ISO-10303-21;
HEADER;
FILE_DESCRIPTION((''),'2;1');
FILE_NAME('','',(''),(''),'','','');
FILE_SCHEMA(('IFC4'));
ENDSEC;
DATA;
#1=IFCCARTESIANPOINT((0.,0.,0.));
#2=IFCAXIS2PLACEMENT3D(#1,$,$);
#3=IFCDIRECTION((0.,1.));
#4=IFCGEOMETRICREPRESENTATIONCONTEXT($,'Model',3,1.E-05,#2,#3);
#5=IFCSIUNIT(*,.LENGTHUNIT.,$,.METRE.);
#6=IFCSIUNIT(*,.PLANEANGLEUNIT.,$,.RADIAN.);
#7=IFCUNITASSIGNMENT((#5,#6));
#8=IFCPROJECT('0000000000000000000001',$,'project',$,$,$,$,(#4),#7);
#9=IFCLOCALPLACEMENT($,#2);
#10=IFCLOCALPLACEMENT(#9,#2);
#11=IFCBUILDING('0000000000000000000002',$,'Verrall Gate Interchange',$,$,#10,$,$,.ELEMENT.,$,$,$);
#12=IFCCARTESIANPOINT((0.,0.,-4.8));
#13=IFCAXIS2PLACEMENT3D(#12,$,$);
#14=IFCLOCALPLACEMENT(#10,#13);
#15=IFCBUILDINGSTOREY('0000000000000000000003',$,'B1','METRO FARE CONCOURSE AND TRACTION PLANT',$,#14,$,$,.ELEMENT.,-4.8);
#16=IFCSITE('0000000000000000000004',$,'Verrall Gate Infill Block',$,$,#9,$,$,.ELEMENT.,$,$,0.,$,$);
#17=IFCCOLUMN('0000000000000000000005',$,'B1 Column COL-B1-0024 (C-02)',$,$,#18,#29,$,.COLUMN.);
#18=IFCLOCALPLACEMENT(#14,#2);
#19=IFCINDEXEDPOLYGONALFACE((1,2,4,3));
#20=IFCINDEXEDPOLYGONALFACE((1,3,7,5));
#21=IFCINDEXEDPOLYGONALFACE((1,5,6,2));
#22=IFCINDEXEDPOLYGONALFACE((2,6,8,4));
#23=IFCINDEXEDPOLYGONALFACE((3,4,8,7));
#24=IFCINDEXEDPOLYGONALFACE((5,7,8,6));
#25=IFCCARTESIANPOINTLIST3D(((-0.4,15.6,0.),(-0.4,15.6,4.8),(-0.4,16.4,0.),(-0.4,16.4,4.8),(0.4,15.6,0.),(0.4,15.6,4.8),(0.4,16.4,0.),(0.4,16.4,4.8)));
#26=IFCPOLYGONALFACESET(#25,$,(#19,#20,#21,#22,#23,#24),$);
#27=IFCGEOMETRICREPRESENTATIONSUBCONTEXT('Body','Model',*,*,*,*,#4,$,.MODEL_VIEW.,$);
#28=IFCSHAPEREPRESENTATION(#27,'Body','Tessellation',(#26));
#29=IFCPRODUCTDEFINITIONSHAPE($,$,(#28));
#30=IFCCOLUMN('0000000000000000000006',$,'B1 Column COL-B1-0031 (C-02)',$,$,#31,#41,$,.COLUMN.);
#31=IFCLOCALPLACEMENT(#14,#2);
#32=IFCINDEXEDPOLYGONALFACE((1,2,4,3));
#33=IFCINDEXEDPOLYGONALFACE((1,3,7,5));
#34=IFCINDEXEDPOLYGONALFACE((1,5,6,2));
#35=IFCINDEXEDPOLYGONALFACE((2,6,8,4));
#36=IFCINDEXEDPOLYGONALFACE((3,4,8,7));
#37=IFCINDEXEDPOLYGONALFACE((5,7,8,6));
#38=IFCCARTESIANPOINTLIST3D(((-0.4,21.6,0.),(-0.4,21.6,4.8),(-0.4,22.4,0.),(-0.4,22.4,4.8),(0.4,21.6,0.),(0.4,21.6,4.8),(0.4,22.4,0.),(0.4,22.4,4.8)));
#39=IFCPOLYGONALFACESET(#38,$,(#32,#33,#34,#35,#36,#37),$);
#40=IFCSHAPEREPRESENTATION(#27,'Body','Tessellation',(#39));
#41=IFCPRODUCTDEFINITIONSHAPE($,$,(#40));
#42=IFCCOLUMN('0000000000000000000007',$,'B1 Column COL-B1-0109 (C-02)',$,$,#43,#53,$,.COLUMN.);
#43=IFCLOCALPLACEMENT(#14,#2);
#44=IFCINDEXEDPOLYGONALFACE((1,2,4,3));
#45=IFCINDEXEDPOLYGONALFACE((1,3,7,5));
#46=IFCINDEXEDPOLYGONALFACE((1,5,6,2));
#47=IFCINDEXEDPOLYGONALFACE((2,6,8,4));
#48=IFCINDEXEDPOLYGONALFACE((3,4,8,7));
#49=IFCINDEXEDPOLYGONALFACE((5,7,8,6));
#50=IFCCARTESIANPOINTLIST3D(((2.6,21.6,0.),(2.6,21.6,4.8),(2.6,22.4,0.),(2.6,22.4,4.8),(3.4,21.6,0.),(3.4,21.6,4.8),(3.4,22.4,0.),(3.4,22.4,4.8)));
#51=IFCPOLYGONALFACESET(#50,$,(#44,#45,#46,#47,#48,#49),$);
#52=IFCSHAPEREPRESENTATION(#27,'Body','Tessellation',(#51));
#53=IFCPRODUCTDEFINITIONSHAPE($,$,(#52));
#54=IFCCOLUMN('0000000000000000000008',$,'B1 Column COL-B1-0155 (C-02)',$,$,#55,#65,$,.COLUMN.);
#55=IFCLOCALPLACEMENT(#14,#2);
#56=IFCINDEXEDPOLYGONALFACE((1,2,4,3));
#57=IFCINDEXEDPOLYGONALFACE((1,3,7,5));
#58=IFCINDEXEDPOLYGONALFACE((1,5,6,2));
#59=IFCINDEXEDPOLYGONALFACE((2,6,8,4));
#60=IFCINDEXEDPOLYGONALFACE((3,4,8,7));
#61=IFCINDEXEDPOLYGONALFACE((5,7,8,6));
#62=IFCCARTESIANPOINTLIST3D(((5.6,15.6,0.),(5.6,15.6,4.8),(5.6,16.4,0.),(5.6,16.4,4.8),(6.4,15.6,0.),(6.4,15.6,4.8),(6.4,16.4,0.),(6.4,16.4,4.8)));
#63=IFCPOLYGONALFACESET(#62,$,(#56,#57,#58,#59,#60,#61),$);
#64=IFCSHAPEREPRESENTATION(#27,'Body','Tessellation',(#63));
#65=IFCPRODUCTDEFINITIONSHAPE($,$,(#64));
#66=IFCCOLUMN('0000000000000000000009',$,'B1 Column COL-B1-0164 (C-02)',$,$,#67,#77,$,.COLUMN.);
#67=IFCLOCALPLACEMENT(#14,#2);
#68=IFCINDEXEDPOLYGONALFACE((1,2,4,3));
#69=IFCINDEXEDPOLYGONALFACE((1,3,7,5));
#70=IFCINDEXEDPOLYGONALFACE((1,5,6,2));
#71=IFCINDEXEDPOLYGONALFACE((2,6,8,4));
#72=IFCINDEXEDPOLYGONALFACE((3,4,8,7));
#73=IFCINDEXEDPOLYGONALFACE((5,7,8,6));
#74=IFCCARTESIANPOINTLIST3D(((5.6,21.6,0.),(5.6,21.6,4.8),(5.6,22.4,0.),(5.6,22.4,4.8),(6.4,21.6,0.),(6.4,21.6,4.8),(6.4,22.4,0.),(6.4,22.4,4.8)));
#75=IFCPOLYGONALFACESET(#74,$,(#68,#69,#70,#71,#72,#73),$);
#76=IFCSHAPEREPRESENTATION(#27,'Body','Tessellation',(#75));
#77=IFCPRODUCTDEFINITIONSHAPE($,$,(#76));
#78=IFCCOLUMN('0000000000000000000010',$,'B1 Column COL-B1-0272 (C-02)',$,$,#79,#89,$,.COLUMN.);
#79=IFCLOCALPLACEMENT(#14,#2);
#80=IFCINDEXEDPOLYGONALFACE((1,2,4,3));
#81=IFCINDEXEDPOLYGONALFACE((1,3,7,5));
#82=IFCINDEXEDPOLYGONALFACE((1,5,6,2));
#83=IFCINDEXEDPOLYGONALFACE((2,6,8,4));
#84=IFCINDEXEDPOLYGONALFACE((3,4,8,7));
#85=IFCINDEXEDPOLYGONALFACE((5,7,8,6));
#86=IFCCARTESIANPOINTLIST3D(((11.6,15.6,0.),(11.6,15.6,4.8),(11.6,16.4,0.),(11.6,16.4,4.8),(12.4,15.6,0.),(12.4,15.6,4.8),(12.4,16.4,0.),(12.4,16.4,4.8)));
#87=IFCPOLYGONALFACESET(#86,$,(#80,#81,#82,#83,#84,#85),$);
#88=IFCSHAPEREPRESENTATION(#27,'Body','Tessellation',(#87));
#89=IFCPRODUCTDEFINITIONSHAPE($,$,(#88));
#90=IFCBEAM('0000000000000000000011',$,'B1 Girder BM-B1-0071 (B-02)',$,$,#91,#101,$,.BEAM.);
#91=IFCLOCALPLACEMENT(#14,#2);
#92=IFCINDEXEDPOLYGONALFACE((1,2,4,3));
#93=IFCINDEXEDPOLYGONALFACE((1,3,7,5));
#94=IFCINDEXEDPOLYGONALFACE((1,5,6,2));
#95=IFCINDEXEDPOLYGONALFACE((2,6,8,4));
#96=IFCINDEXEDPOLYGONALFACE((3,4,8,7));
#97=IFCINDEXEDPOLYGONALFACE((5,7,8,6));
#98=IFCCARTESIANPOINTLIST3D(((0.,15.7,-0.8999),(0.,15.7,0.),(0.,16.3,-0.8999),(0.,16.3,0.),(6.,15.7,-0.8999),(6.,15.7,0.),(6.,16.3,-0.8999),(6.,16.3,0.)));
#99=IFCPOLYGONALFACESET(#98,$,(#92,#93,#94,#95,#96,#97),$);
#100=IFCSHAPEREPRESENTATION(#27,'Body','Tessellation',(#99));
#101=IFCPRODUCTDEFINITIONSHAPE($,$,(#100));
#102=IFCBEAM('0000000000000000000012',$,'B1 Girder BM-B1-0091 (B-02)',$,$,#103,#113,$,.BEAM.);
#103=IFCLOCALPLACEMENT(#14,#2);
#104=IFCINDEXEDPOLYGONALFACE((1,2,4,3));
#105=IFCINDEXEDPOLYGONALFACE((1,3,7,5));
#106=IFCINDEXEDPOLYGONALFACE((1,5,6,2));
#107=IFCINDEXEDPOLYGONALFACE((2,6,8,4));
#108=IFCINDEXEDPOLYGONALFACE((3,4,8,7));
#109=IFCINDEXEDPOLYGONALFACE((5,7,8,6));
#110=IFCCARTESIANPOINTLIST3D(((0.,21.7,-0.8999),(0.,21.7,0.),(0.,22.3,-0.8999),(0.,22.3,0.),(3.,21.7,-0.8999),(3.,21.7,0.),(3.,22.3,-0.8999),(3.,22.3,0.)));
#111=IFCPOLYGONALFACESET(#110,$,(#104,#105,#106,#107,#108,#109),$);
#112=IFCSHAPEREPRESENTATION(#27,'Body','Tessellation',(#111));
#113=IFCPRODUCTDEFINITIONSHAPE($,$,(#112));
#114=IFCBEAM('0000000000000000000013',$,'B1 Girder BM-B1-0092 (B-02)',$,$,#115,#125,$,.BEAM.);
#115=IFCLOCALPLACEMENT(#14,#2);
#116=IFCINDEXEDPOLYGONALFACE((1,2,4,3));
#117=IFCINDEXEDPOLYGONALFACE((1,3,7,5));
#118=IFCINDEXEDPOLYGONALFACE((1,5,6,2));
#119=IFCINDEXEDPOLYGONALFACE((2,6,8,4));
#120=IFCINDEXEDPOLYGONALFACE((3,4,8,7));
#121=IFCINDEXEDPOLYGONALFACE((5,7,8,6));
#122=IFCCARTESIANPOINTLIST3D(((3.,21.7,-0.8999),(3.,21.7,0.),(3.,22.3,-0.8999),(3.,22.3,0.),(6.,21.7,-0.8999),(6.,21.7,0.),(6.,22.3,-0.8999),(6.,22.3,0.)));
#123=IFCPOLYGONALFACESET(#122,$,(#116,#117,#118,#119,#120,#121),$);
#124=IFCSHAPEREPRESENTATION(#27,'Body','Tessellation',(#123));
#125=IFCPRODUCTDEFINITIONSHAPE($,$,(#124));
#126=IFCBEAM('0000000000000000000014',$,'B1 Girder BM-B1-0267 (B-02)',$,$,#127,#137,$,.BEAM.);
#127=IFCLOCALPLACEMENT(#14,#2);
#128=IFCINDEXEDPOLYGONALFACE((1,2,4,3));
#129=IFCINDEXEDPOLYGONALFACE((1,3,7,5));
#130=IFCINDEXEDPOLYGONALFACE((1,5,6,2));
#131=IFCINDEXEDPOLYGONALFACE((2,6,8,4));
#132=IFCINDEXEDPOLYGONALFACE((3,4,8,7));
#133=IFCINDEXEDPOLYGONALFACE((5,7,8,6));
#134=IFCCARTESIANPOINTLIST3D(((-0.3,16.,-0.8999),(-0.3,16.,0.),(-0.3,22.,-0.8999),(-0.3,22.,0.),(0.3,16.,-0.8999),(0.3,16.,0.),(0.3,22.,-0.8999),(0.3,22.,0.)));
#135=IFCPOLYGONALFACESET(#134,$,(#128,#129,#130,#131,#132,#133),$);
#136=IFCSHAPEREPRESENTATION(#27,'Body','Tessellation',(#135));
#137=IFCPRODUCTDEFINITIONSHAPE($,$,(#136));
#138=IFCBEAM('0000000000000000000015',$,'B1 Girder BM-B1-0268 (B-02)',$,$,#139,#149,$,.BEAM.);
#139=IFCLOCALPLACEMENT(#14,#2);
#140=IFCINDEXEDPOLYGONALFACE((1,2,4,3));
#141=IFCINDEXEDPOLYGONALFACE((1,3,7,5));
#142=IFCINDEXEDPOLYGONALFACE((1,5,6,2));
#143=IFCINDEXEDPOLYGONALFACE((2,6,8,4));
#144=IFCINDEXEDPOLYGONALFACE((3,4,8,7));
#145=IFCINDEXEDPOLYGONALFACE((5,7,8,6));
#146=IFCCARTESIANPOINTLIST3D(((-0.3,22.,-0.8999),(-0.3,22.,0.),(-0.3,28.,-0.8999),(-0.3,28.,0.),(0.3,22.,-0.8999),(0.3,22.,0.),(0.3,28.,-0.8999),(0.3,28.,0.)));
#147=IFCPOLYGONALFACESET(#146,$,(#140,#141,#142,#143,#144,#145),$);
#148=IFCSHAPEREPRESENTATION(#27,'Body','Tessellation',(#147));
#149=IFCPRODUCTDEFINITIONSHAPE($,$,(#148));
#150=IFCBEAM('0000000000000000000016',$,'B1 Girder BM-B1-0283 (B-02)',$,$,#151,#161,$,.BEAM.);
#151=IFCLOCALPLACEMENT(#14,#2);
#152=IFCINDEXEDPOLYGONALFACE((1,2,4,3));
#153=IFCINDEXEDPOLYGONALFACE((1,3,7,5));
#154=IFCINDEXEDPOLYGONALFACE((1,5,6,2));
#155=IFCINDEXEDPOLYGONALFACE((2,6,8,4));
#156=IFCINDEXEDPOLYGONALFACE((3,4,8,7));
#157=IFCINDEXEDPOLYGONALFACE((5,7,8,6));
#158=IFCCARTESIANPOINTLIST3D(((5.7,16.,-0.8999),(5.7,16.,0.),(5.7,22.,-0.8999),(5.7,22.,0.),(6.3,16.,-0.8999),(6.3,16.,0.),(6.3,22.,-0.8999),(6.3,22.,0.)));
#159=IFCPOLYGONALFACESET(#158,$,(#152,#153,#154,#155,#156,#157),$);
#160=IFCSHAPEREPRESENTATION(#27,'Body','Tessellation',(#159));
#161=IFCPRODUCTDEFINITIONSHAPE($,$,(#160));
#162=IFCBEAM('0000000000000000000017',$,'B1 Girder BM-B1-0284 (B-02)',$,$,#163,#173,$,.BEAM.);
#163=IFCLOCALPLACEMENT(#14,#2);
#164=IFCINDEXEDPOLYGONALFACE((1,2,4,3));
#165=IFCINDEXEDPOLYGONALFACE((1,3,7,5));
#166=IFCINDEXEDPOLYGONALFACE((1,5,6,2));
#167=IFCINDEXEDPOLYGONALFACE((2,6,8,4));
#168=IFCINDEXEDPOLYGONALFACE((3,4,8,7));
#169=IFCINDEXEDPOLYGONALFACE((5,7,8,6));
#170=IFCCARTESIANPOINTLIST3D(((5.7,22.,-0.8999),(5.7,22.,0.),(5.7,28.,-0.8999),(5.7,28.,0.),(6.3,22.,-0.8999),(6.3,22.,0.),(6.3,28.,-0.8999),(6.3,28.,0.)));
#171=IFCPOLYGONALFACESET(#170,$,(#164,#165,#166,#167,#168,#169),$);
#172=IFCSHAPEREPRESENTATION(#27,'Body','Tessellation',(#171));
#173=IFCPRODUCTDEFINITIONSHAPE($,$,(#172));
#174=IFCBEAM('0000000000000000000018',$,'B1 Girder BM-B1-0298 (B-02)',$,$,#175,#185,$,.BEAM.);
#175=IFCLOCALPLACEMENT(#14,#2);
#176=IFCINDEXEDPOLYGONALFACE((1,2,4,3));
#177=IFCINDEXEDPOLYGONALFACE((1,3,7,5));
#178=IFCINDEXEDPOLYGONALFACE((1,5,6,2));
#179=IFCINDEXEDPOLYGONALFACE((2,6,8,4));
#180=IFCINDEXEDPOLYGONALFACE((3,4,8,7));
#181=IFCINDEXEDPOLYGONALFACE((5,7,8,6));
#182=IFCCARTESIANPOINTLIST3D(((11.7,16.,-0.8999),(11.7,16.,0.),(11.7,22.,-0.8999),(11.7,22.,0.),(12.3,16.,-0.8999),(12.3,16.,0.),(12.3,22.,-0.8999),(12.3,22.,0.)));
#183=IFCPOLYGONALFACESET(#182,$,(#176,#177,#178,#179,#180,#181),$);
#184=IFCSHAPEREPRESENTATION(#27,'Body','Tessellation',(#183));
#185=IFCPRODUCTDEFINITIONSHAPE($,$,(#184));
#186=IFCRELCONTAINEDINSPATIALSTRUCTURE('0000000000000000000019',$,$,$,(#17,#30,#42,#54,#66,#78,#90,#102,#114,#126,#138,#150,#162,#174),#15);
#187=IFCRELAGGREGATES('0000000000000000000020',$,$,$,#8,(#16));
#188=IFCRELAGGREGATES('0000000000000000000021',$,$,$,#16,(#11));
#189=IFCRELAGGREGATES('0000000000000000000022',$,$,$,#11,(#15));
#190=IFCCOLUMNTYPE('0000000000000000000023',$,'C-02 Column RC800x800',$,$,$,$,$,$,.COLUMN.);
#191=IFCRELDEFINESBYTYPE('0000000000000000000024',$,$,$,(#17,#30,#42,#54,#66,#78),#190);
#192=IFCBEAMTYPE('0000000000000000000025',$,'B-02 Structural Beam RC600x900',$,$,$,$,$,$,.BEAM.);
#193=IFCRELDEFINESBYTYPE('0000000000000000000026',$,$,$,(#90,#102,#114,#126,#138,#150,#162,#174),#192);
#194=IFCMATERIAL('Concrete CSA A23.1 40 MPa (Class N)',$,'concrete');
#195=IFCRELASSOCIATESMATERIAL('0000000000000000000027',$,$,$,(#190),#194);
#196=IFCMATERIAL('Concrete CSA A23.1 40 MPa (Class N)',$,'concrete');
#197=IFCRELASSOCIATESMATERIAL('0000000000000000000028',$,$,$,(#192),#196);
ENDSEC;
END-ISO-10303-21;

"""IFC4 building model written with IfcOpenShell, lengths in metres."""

from ifc_helpers import new_model, si_unit, direction, frame, origin, origin_2d, place, context, subcontext, project, spatial, rectangle, extrude, material, material_profile, profile_set, type_object, element, save


model = new_model("IFC4")

# Units and contexts
model_context = context("Model", 3, precision=1e-05, world=origin(), true_north=direction((0.0, 1.0)))
body_context = subcontext(model_context, "Body", "Model", "MODEL_VIEW")
ifc_project = project(units=[si_unit("LENGTHUNIT", "METRE"), si_unit("PLANEANGLEUNIT", "RADIAN")], contexts=[model_context])

# Site, building, storey
site_placement = place(None, origin())
site = spatial("IfcSite", under=ifc_project, at=site_placement, Name="Verrall Gate Infill Block", CompositionType="ELEMENT", RefElevation=0.0)
building_placement = place(site_placement, origin())
building = spatial("IfcBuilding", under=site, at=building_placement, Name="Verrall Gate Interchange", CompositionType="ELEMENT")
storey_placement = place(building_placement, frame((0.0, 0.0, -4.8)))
storey = spatial("IfcBuildingStorey", under=building, at=storey_placement, Name="B1", Description="METRO FARE CONCOURSE AND TRACTION PLANT", CompositionType="ELEMENT", Elevation=-4.8)

# Columns
ifc_material_1 = material(Name="Concrete CSA A23.1 40 MPa (Class N)", Category="concrete")
ifc_material_profile_1 = material_profile(ifc_material_1, rectangle(XDim=0.8, YDim=0.8, at=origin_2d()), Name="RC800x800")
ifc_profile_set_1 = profile_set([ifc_material_profile_1], Name="Concrete CSA A23.1 40 MPa (Class N)")
column_type = type_object("IfcColumnType", Name="C-02 Column RC800x800", PredefinedType="COLUMN", material=ifc_profile_set_1)
for number, where, z_axis, x_axis, name in (
    (1, (0.0, 16.0, 0.0), (0.0, 0.0, 1.0), (1.0, 0.0, 0.0), "B1 Column COL-B1-0024 (C-02)"),
    (2, (0.0, 22.0, 0.0), (0.0, 0.0, 1.0), (1.0, 0.0, 0.0), "B1 Column COL-B1-0031 (C-02)"),
    (3, (3.0, 22.0, 0.0), (0.0, 0.0, 1.0), (1.0, 0.0, 0.0), "B1 Column COL-B1-0109 (C-02)"),
    (4, (6.0, 16.0, 0.0), (0.0, 0.0, 1.0), (1.0, 0.0, 0.0), "B1 Column COL-B1-0155 (C-02)"),
    (5, (6.0, 22.0, 0.0), (0.0, 0.0, 1.0), (1.0, 0.0, 0.0), "B1 Column COL-B1-0164 (C-02)"),
    (6, (12.0, 16.0, 0.0), (0.0, 0.0, 1.0), (1.0, 0.0, 0.0), "B1 Column COL-B1-0272 (C-02)"),
):
    element("IfcColumn", number, at=place(storey_placement, frame(where, z_axis=z_axis, x_axis=x_axis)), inside=storey, type_object=column_type, Name=name, PredefinedType="COLUMN", context=body_context, shape_type="SweptSolid", body=[
        extrude(rectangle(XDim=0.8, YDim=0.8, at=origin_2d()), origin(), (0.0, 0.0, 1.0), 4.8),
    ])

# Beams
ifc_material_2 = material(Name="Concrete CSA A23.1 40 MPa (Class N)", Category="concrete")
ifc_material_profile_2 = material_profile(ifc_material_2, rectangle(XDim=0.6001, YDim=0.8999, at=origin_2d()), Name="RC600x900")
ifc_profile_set_2 = profile_set([ifc_material_profile_2], Name="Concrete CSA A23.1 40 MPa (Class N)")
beam_type_1 = type_object("IfcBeamType", Name="B-02 Structural Beam RC600x900", PredefinedType="BEAM", material=ifc_profile_set_2)
beam_1_placement = place(storey_placement, frame((0.0, 16.0, -0.45), z_axis=(1.0, 0.0, 0.0), x_axis=(0.0, 1.0, 0.0)))
element("IfcBeam", 7, at=beam_1_placement, inside=storey, type_object=beam_type_1, Name="B1 Girder BM-B1-0071 (B-02)", PredefinedType="BEAM", context=body_context, shape_type="SweptSolid", body=[
    extrude(rectangle(XDim=0.6001, YDim=0.8999, at=origin_2d()), origin(), (0.0, 0.0, 1.0), 6.0),
])
for number, where, z_axis, x_axis, name in (
    (8, (0.0, 22.0, -0.45), (1.0, 0.0, 0.0), (0.0, 1.0, 0.0), "B1 Girder BM-B1-0091 (B-02)"),
    (9, (3.0, 22.0, -0.45), (1.0, 0.0, 0.0), (0.0, 1.0, 0.0), "B1 Girder BM-B1-0092 (B-02)"),
):
    element("IfcBeam", number, at=place(storey_placement, frame(where, z_axis=z_axis, x_axis=x_axis)), inside=storey, type_object=beam_type_1, Name=name, PredefinedType="BEAM", context=body_context, shape_type="SweptSolid", body=[
        extrude(rectangle(XDim=0.6001, YDim=0.8999, at=origin_2d()), origin(), (0.0, 0.0, 1.0), 3.0),
    ])
for number, where, z_axis, x_axis, name in (
    (10, (0.0, 16.0, -0.45), (0.0, 1.0, 0.0), (-1.0, 0.0, 0.0), "B1 Girder BM-B1-0267 (B-02)"),
    (11, (0.0, 22.0, -0.45), (0.0, 1.0, 0.0), (-1.0, 0.0, 0.0), "B1 Girder BM-B1-0268 (B-02)"),
    (12, (6.0, 16.0, -0.45), (0.0, 1.0, 0.0), (-1.0, 0.0, 0.0), "B1 Girder BM-B1-0283 (B-02)"),
    (13, (6.0, 22.0, -0.45), (0.0, 1.0, 0.0), (-1.0, 0.0, 0.0), "B1 Girder BM-B1-0284 (B-02)"),
    (14, (12.0, 16.0, -0.45), (0.0, 1.0, 0.0), (-1.0, 0.0, 0.0), "B1 Girder BM-B1-0298 (B-02)"),
):
    element("IfcBeam", number, at=place(storey_placement, frame(where, z_axis=z_axis, x_axis=x_axis)), inside=storey, type_object=beam_type_1, Name=name, PredefinedType="BEAM", context=body_context, shape_type="SweptSolid", body=[
        extrude(rectangle(XDim=0.6001, YDim=0.8999, at=origin_2d()), origin(), (0.0, 0.0, 1.0), 6.0),
    ])

save(model, "model.ifc")
